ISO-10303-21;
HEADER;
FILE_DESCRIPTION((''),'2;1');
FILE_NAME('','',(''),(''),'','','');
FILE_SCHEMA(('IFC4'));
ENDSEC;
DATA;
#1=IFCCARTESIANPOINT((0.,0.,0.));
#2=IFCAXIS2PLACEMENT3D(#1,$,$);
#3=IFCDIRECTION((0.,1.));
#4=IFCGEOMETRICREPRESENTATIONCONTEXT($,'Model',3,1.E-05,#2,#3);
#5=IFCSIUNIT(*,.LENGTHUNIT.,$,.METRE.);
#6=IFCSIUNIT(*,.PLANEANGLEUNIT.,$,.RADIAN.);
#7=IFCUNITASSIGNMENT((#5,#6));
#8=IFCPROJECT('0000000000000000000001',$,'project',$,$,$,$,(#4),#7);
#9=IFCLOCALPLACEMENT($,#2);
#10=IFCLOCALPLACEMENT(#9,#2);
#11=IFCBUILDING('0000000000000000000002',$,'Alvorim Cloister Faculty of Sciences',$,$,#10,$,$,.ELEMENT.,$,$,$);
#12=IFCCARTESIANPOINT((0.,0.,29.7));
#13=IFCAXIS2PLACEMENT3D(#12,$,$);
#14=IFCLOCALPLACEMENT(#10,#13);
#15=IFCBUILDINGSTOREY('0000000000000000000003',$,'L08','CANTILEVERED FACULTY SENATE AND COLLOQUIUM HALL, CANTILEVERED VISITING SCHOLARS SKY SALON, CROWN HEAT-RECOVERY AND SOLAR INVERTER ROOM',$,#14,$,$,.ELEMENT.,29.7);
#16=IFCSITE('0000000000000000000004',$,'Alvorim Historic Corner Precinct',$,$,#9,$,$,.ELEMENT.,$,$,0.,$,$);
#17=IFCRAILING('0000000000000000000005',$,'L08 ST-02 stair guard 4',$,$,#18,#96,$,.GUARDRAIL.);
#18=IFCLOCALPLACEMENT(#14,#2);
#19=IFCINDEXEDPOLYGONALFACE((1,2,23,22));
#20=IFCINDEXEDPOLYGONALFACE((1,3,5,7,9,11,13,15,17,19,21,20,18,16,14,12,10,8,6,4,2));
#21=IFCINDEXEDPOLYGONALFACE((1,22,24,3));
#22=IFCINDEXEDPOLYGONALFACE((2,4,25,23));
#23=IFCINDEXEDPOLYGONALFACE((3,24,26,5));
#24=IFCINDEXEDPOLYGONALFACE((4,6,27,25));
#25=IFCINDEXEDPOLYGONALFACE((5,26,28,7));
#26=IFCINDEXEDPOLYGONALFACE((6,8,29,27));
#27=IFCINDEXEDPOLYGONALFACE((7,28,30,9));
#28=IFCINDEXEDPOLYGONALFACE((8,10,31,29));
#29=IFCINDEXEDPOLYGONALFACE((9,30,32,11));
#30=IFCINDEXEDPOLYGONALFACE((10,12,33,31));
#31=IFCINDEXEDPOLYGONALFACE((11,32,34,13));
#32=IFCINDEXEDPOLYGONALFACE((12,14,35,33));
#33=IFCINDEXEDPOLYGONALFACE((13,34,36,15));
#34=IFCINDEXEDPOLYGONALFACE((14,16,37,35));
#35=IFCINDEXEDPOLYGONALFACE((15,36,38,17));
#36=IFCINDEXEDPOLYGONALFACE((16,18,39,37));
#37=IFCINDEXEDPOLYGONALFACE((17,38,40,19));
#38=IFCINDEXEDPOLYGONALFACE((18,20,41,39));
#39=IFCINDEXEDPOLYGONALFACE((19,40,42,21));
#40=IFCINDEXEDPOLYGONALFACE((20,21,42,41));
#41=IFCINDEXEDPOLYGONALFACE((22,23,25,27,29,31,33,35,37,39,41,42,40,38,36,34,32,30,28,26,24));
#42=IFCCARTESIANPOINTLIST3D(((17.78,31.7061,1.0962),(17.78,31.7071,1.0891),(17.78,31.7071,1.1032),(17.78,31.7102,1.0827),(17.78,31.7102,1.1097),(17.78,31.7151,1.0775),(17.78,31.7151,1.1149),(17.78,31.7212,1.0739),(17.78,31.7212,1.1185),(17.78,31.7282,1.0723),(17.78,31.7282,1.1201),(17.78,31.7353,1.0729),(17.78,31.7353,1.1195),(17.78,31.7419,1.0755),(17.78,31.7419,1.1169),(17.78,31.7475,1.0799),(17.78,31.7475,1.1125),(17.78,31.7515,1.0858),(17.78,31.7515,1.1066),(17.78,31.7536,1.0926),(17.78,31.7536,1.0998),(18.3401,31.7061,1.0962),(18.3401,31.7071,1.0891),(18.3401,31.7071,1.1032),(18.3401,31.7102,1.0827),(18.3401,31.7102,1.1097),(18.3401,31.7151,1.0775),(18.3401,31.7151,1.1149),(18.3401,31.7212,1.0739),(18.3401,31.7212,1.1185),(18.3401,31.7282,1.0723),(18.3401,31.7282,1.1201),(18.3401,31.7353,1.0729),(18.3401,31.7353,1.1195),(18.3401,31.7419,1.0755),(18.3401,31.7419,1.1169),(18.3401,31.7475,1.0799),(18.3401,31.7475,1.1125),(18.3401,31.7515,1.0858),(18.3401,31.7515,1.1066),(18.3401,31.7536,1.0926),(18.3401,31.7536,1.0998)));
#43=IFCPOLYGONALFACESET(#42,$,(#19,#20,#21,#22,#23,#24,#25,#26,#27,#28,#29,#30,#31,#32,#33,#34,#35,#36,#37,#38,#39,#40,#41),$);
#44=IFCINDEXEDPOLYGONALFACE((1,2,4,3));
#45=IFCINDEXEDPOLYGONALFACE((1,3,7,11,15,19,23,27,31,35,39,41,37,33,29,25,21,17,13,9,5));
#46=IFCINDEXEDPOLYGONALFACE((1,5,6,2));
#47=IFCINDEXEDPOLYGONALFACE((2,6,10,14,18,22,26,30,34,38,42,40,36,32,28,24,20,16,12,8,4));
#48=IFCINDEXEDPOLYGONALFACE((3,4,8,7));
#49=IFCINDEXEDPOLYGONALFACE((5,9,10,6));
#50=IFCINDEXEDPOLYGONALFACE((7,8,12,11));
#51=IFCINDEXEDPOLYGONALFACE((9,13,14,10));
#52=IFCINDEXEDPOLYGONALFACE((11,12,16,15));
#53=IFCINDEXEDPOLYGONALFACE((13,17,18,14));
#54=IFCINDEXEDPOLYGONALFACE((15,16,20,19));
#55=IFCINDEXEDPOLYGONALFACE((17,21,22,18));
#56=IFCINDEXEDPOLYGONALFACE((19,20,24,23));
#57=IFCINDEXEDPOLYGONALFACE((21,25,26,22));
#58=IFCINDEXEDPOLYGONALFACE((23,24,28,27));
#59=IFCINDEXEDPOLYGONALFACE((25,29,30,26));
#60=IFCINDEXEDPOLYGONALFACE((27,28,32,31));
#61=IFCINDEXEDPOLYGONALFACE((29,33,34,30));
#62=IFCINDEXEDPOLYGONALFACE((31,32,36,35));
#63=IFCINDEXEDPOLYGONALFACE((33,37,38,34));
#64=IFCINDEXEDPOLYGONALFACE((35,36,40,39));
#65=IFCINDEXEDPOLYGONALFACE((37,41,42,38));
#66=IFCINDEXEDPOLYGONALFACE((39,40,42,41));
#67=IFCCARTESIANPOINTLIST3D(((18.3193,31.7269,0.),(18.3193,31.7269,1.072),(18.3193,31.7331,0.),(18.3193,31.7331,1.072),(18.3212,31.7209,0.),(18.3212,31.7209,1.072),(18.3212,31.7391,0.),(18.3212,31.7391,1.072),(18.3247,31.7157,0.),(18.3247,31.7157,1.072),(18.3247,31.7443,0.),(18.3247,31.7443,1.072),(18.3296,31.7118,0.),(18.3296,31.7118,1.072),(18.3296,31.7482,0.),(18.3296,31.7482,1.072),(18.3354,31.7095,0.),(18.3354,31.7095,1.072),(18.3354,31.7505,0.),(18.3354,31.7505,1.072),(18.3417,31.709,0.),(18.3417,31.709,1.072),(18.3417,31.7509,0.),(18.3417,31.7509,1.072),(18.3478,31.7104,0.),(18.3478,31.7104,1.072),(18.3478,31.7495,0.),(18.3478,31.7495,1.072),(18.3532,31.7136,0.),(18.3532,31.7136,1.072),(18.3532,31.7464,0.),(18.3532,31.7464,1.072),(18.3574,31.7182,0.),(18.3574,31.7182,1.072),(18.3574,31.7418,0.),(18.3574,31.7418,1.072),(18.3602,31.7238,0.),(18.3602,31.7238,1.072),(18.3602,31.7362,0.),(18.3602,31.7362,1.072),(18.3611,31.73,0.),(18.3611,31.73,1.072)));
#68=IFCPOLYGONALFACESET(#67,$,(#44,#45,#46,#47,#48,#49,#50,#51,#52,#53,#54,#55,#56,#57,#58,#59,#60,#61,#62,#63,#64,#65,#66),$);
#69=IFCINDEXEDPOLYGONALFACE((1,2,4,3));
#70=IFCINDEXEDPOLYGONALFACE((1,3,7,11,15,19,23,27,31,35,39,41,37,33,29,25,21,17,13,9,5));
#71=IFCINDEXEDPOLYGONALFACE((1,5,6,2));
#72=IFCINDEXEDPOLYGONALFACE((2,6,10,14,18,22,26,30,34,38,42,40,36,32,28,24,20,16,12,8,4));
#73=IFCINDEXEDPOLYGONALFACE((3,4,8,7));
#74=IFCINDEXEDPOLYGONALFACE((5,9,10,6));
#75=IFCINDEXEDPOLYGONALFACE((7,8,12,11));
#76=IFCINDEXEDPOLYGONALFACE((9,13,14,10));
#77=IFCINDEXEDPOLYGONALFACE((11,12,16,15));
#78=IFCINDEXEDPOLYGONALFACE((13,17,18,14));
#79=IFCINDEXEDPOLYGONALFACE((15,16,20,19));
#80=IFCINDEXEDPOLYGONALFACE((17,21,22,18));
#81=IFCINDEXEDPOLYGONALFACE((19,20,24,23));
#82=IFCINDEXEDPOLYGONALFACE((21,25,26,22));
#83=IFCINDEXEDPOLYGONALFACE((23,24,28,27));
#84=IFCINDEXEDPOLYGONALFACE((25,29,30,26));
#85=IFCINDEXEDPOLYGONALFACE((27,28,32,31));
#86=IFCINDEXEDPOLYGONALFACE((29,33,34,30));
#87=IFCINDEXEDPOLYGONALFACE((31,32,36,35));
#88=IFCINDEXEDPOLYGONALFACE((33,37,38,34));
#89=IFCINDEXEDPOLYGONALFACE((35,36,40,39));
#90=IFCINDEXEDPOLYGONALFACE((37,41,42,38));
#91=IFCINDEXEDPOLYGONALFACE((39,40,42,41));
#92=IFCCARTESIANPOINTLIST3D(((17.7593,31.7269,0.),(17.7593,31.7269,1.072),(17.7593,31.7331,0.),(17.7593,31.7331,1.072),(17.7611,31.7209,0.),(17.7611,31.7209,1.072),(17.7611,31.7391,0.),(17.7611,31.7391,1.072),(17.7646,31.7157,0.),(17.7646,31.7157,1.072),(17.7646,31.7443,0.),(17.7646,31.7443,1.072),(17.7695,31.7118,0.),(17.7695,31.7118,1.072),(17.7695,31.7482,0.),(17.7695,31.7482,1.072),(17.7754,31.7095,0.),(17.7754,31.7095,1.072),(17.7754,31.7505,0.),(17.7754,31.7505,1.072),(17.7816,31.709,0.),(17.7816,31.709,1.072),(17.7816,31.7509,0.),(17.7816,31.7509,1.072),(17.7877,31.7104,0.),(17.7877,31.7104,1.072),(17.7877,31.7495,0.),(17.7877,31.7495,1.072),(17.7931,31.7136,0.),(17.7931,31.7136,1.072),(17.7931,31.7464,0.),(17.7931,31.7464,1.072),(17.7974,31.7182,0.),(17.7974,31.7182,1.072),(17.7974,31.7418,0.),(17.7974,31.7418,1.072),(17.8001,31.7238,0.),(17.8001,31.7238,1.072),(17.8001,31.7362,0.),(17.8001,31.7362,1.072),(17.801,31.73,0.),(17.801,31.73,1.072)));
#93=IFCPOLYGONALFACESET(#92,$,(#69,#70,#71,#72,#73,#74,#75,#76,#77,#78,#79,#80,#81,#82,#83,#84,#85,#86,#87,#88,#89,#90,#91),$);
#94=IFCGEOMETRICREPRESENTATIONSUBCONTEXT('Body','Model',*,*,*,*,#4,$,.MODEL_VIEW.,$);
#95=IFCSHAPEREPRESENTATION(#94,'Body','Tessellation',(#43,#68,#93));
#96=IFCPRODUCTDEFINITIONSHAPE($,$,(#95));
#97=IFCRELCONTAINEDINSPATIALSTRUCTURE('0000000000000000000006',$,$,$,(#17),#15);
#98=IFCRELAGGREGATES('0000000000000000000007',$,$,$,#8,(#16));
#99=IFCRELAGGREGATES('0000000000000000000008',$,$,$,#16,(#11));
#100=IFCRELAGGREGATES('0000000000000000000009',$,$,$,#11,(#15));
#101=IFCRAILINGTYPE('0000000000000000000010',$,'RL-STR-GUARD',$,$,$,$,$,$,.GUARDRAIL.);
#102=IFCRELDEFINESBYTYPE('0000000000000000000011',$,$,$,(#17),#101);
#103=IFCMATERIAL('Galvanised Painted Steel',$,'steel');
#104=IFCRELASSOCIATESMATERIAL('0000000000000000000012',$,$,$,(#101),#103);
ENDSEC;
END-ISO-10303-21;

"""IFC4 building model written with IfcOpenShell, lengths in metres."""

from ifc_helpers import new_model, si_unit, direction, frame, origin, origin_2d, place, context, subcontext, project, spatial, circle, extrude, material, type_object, element, save


model = new_model("IFC4")

# Units and contexts
model_context = context("Model", 3, precision=1e-05, world=origin(), true_north=direction((0.0, 1.0)))
body_context = subcontext(model_context, "Body", "Model", "MODEL_VIEW")
ifc_project = project(units=[si_unit("LENGTHUNIT", "METRE"), si_unit("PLANEANGLEUNIT", "RADIAN")], contexts=[model_context])

# Site, building, storey
site_placement = place(None, origin())
site = spatial("IfcSite", under=ifc_project, at=site_placement, Name="Alvorim Historic Corner Precinct", CompositionType="ELEMENT", RefElevation=0.0)
building_placement = place(site_placement, origin())
building = spatial("IfcBuilding", under=site, at=building_placement, Name="Alvorim Cloister Faculty of Sciences", CompositionType="ELEMENT")
storey_placement = place(building_placement, frame((0.0, 0.0, 29.7)))
storey = spatial("IfcBuildingStorey", under=building, at=storey_placement, Name="L08", Description="CANTILEVERED FACULTY SENATE AND COLLOQUIUM HALL, CANTILEVERED VISITING SCHOLARS SKY SALON, CROWN HEAT-RECOVERY AND SOLAR INVERTER ROOM", CompositionType="ELEMENT", Elevation=29.7)

# Railing
ifc_material_1 = material(Name="Galvanised Painted Steel", Category="steel")
railing_type_1 = type_object("IfcRailingType", Name="RL-STR-GUARD", PredefinedType="GUARDRAIL", material=ifc_material_1)
railing_1_placement = place(storey_placement, frame((18.3401, 31.73, 0.0)))
element("IfcRailing", 1, at=railing_1_placement, inside=storey, type_object=railing_type_1, Name="L08 ST-02 stair guard 4", PredefinedType="GUARDRAIL", context=body_context, shape_type="SweptSolid", body=[
    extrude(circle(Radius=0.0239, at=origin_2d()), frame((0.0, 0.0, 1.0962), z_axis=(-1.0, 0.0, 0.0), x_axis=(0.0, -1.0, 0.0)), (0.0, 0.0, 1.0), 0.5601),
    extrude(circle(Radius=0.021, at=origin_2d()), origin(), (0.0, 0.0, 1.0), 1.072),
    extrude(circle(Radius=0.021, at=origin_2d()), frame((-0.5601, 0.0, 0.0)), (0.0, 0.0, 1.0), 1.072),
])

save(model, "model.ifc")
